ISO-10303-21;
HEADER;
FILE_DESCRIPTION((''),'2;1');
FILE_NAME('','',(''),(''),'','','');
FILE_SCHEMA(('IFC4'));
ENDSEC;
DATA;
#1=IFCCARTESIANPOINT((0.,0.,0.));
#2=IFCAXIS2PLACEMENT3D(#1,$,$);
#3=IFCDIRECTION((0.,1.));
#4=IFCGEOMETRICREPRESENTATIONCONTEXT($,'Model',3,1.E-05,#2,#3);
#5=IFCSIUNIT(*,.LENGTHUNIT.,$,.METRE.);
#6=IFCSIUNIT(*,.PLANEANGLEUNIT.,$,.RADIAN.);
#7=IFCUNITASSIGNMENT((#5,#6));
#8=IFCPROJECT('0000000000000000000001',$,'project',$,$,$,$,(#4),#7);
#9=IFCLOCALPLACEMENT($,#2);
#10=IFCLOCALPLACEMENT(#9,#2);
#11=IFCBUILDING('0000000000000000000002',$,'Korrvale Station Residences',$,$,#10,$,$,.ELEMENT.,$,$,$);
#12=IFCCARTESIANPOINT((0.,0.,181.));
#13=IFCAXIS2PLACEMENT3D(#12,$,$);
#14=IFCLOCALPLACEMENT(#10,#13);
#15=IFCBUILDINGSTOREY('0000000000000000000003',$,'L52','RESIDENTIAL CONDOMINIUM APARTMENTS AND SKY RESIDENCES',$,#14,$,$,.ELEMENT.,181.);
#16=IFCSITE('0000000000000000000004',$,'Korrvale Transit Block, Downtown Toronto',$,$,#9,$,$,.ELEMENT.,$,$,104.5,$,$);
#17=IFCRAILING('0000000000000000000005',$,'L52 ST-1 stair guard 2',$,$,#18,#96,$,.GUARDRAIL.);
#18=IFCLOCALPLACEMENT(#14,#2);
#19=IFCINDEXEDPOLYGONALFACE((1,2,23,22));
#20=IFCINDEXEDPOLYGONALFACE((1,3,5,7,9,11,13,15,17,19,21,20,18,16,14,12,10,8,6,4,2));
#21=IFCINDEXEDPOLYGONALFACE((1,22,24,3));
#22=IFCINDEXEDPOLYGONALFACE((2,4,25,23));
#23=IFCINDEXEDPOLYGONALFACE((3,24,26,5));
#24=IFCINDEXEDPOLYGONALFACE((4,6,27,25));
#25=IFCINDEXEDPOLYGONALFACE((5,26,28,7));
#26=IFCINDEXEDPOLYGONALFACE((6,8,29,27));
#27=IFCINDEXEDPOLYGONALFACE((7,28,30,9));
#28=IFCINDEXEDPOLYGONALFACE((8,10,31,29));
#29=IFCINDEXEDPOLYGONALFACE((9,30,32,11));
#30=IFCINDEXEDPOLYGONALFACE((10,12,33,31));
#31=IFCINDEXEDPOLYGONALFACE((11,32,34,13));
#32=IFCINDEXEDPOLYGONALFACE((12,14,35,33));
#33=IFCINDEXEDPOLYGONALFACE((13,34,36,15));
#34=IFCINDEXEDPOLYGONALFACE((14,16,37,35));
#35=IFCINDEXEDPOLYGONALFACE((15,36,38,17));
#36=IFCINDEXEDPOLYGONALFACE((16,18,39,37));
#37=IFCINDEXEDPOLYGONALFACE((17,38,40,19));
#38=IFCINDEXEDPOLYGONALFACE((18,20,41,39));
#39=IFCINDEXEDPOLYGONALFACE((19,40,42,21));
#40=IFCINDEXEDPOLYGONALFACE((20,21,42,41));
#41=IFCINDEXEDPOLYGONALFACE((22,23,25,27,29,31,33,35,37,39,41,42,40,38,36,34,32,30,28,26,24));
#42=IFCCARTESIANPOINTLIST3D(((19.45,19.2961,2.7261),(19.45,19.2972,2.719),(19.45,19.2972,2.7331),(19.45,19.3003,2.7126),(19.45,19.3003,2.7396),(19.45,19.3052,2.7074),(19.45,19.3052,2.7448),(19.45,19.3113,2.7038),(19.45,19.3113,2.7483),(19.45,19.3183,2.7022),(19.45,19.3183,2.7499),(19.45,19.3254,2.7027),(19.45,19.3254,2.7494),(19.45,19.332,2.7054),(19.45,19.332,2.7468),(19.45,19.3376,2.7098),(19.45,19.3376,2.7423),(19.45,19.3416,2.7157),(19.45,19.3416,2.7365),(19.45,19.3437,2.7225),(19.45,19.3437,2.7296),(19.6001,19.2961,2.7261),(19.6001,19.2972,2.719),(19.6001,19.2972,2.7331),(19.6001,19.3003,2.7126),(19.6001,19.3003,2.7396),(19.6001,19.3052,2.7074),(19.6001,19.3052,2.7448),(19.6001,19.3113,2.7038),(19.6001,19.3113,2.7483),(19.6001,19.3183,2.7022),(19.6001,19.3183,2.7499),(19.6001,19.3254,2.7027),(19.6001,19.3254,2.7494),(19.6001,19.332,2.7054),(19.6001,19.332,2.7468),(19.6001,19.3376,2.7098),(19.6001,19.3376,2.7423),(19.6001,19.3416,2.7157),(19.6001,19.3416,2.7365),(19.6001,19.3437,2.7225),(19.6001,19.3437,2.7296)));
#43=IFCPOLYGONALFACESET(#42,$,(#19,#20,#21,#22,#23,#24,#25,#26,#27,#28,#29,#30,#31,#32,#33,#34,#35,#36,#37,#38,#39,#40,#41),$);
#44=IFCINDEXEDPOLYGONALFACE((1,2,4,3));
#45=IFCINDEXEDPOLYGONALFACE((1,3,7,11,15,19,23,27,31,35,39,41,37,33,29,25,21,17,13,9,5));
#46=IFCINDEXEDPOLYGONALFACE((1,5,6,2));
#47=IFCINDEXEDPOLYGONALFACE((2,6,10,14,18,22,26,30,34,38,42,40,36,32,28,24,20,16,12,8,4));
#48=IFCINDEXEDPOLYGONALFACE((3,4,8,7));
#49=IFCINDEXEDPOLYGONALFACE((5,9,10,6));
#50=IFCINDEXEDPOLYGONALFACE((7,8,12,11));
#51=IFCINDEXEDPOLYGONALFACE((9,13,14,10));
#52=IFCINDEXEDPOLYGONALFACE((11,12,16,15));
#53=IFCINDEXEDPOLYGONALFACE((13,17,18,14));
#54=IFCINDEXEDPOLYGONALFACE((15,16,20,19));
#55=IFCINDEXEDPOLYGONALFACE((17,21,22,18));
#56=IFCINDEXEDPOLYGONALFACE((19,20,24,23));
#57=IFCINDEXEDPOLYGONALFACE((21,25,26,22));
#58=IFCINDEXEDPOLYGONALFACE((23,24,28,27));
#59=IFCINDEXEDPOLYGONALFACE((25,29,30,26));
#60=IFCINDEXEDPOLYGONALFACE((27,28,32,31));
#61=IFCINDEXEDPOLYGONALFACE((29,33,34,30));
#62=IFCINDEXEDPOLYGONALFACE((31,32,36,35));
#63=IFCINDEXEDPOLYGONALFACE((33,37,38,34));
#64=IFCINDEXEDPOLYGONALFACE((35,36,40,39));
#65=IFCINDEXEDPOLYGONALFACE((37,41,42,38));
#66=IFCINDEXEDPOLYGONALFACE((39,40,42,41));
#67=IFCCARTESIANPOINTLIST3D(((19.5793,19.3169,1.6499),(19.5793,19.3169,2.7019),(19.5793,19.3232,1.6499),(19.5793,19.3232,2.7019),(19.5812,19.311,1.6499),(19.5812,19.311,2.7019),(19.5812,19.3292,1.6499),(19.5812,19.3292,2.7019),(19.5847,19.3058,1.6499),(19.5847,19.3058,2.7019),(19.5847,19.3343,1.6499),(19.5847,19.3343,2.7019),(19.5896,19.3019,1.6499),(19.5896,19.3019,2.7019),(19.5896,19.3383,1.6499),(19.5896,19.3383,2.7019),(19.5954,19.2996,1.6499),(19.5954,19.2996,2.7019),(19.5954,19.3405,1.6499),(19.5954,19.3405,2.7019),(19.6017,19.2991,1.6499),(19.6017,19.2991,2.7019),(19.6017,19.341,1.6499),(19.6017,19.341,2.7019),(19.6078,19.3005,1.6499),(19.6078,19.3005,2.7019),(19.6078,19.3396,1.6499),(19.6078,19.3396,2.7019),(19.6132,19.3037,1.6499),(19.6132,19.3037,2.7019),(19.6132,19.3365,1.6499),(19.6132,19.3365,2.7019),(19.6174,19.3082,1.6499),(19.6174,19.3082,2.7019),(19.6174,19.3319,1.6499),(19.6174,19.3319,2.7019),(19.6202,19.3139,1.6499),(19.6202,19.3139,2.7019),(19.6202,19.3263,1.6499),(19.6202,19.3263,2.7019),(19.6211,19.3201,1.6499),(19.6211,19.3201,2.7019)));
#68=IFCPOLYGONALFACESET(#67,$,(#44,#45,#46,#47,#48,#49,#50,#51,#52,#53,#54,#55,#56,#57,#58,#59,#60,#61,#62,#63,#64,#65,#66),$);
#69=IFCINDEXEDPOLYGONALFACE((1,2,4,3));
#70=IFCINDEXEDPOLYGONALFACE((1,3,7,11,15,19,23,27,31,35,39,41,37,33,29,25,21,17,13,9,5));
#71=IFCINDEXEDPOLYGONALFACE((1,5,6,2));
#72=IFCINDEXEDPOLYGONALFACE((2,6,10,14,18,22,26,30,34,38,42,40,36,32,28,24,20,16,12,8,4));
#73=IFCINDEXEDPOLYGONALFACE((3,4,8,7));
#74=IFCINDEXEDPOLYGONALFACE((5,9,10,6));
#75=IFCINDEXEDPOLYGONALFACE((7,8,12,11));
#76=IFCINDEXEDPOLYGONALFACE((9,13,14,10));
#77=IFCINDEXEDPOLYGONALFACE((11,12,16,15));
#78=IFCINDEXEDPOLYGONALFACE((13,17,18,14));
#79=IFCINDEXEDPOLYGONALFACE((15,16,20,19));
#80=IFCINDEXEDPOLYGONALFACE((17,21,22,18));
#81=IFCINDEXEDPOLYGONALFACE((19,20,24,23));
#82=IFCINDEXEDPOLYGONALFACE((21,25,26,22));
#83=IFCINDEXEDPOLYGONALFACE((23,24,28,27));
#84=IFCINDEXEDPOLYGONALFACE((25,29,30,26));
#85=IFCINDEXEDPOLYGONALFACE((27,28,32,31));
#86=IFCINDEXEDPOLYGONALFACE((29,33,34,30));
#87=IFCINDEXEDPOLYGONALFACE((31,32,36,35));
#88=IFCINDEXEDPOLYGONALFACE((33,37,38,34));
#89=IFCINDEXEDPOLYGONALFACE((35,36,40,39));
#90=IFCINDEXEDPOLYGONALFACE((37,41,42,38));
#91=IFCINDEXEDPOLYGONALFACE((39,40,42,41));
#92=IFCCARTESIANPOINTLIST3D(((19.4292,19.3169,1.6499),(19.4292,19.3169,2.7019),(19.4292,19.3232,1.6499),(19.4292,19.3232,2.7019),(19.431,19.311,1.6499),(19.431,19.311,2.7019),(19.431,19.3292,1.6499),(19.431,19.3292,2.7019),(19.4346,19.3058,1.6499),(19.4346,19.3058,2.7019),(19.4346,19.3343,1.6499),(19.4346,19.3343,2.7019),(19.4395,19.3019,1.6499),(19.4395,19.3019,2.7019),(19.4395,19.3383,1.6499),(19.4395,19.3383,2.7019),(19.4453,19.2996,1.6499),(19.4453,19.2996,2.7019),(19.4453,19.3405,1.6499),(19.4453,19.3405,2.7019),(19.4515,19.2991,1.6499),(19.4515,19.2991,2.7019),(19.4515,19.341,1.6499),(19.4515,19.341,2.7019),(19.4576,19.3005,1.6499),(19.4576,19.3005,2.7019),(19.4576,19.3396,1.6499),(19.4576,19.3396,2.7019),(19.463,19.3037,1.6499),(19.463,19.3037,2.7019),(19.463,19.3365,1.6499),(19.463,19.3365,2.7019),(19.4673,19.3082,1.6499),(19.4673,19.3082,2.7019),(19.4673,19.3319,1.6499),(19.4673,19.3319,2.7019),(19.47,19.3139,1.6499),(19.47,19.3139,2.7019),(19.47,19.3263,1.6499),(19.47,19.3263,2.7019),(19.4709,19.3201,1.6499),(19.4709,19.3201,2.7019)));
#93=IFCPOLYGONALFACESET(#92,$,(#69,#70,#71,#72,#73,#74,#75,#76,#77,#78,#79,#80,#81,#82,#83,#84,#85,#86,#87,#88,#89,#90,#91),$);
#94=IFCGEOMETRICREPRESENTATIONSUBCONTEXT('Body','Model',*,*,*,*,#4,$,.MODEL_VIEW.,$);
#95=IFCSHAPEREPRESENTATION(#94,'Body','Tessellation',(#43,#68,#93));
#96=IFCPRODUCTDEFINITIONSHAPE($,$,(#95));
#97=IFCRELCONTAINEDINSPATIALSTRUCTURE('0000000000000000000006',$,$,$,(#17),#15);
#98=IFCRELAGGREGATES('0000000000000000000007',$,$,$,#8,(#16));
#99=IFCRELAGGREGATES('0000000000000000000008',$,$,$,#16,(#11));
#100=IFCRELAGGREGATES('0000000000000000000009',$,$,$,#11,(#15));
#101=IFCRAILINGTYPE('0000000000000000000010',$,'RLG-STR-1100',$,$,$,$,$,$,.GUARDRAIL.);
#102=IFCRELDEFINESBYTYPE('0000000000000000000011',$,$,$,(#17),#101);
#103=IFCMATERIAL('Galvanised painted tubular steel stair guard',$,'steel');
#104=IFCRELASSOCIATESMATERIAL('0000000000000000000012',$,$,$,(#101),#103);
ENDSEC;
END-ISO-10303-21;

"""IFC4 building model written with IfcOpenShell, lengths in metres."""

from ifc_helpers import new_model, si_unit, direction, frame, origin, origin_2d, place, context, subcontext, project, spatial, circle, extrude, material, type_object, element, save


model = new_model("IFC4")

# Units and contexts
model_context = context("Model", 3, precision=1e-05, world=origin(), true_north=direction((0.0, 1.0)))
body_context = subcontext(model_context, "Body", "Model", "MODEL_VIEW")
ifc_project = project(units=[si_unit("LENGTHUNIT", "METRE"), si_unit("PLANEANGLEUNIT", "RADIAN")], contexts=[model_context])

# Site, building, storey
site_placement = place(None, origin())
site = spatial("IfcSite", under=ifc_project, at=site_placement, Name="Korrvale Transit Block, Downtown Toronto", CompositionType="ELEMENT", RefElevation=104.5)
building_placement = place(site_placement, origin())
building = spatial("IfcBuilding", under=site, at=building_placement, Name="Korrvale Station Residences", CompositionType="ELEMENT")
storey_placement = place(building_placement, frame((0.0, 0.0, 181.0)))
storey = spatial("IfcBuildingStorey", under=building, at=storey_placement, Name="L52", Description="RESIDENTIAL CONDOMINIUM APARTMENTS AND SKY RESIDENCES", CompositionType="ELEMENT", Elevation=181.0)

# Railing
ifc_material_1 = material(Name="Galvanised painted tubular steel stair guard", Category="steel")
railing_type_1 = type_object("IfcRailingType", Name="RLG-STR-1100", PredefinedType="GUARDRAIL", material=ifc_material_1)
railing_1_placement = place(storey_placement, frame((19.6001, 19.3201, 1.6499)))
element("IfcRailing", 1, at=railing_1_placement, inside=storey, type_object=railing_type_1, Name="L52 ST-1 stair guard 2", PredefinedType="GUARDRAIL", context=body_context, shape_type="SweptSolid", body=[
    extrude(circle(Radius=0.0239, at=origin_2d()), frame((0.0, 0.0, 1.0762), z_axis=(-1.0, 0.0, 0.0), x_axis=(0.0, -1.0, 0.0)), (0.0, 0.0, 1.0), 0.1501),
    extrude(circle(Radius=0.021, at=origin_2d()), origin(), (0.0, 0.0, 1.0), 1.052),
    extrude(circle(Radius=0.021, at=origin_2d()), frame((-0.1501, 0.0, 0.0)), (0.0, 0.0, 1.0), 1.052),
])

save(model, "model.ifc")
